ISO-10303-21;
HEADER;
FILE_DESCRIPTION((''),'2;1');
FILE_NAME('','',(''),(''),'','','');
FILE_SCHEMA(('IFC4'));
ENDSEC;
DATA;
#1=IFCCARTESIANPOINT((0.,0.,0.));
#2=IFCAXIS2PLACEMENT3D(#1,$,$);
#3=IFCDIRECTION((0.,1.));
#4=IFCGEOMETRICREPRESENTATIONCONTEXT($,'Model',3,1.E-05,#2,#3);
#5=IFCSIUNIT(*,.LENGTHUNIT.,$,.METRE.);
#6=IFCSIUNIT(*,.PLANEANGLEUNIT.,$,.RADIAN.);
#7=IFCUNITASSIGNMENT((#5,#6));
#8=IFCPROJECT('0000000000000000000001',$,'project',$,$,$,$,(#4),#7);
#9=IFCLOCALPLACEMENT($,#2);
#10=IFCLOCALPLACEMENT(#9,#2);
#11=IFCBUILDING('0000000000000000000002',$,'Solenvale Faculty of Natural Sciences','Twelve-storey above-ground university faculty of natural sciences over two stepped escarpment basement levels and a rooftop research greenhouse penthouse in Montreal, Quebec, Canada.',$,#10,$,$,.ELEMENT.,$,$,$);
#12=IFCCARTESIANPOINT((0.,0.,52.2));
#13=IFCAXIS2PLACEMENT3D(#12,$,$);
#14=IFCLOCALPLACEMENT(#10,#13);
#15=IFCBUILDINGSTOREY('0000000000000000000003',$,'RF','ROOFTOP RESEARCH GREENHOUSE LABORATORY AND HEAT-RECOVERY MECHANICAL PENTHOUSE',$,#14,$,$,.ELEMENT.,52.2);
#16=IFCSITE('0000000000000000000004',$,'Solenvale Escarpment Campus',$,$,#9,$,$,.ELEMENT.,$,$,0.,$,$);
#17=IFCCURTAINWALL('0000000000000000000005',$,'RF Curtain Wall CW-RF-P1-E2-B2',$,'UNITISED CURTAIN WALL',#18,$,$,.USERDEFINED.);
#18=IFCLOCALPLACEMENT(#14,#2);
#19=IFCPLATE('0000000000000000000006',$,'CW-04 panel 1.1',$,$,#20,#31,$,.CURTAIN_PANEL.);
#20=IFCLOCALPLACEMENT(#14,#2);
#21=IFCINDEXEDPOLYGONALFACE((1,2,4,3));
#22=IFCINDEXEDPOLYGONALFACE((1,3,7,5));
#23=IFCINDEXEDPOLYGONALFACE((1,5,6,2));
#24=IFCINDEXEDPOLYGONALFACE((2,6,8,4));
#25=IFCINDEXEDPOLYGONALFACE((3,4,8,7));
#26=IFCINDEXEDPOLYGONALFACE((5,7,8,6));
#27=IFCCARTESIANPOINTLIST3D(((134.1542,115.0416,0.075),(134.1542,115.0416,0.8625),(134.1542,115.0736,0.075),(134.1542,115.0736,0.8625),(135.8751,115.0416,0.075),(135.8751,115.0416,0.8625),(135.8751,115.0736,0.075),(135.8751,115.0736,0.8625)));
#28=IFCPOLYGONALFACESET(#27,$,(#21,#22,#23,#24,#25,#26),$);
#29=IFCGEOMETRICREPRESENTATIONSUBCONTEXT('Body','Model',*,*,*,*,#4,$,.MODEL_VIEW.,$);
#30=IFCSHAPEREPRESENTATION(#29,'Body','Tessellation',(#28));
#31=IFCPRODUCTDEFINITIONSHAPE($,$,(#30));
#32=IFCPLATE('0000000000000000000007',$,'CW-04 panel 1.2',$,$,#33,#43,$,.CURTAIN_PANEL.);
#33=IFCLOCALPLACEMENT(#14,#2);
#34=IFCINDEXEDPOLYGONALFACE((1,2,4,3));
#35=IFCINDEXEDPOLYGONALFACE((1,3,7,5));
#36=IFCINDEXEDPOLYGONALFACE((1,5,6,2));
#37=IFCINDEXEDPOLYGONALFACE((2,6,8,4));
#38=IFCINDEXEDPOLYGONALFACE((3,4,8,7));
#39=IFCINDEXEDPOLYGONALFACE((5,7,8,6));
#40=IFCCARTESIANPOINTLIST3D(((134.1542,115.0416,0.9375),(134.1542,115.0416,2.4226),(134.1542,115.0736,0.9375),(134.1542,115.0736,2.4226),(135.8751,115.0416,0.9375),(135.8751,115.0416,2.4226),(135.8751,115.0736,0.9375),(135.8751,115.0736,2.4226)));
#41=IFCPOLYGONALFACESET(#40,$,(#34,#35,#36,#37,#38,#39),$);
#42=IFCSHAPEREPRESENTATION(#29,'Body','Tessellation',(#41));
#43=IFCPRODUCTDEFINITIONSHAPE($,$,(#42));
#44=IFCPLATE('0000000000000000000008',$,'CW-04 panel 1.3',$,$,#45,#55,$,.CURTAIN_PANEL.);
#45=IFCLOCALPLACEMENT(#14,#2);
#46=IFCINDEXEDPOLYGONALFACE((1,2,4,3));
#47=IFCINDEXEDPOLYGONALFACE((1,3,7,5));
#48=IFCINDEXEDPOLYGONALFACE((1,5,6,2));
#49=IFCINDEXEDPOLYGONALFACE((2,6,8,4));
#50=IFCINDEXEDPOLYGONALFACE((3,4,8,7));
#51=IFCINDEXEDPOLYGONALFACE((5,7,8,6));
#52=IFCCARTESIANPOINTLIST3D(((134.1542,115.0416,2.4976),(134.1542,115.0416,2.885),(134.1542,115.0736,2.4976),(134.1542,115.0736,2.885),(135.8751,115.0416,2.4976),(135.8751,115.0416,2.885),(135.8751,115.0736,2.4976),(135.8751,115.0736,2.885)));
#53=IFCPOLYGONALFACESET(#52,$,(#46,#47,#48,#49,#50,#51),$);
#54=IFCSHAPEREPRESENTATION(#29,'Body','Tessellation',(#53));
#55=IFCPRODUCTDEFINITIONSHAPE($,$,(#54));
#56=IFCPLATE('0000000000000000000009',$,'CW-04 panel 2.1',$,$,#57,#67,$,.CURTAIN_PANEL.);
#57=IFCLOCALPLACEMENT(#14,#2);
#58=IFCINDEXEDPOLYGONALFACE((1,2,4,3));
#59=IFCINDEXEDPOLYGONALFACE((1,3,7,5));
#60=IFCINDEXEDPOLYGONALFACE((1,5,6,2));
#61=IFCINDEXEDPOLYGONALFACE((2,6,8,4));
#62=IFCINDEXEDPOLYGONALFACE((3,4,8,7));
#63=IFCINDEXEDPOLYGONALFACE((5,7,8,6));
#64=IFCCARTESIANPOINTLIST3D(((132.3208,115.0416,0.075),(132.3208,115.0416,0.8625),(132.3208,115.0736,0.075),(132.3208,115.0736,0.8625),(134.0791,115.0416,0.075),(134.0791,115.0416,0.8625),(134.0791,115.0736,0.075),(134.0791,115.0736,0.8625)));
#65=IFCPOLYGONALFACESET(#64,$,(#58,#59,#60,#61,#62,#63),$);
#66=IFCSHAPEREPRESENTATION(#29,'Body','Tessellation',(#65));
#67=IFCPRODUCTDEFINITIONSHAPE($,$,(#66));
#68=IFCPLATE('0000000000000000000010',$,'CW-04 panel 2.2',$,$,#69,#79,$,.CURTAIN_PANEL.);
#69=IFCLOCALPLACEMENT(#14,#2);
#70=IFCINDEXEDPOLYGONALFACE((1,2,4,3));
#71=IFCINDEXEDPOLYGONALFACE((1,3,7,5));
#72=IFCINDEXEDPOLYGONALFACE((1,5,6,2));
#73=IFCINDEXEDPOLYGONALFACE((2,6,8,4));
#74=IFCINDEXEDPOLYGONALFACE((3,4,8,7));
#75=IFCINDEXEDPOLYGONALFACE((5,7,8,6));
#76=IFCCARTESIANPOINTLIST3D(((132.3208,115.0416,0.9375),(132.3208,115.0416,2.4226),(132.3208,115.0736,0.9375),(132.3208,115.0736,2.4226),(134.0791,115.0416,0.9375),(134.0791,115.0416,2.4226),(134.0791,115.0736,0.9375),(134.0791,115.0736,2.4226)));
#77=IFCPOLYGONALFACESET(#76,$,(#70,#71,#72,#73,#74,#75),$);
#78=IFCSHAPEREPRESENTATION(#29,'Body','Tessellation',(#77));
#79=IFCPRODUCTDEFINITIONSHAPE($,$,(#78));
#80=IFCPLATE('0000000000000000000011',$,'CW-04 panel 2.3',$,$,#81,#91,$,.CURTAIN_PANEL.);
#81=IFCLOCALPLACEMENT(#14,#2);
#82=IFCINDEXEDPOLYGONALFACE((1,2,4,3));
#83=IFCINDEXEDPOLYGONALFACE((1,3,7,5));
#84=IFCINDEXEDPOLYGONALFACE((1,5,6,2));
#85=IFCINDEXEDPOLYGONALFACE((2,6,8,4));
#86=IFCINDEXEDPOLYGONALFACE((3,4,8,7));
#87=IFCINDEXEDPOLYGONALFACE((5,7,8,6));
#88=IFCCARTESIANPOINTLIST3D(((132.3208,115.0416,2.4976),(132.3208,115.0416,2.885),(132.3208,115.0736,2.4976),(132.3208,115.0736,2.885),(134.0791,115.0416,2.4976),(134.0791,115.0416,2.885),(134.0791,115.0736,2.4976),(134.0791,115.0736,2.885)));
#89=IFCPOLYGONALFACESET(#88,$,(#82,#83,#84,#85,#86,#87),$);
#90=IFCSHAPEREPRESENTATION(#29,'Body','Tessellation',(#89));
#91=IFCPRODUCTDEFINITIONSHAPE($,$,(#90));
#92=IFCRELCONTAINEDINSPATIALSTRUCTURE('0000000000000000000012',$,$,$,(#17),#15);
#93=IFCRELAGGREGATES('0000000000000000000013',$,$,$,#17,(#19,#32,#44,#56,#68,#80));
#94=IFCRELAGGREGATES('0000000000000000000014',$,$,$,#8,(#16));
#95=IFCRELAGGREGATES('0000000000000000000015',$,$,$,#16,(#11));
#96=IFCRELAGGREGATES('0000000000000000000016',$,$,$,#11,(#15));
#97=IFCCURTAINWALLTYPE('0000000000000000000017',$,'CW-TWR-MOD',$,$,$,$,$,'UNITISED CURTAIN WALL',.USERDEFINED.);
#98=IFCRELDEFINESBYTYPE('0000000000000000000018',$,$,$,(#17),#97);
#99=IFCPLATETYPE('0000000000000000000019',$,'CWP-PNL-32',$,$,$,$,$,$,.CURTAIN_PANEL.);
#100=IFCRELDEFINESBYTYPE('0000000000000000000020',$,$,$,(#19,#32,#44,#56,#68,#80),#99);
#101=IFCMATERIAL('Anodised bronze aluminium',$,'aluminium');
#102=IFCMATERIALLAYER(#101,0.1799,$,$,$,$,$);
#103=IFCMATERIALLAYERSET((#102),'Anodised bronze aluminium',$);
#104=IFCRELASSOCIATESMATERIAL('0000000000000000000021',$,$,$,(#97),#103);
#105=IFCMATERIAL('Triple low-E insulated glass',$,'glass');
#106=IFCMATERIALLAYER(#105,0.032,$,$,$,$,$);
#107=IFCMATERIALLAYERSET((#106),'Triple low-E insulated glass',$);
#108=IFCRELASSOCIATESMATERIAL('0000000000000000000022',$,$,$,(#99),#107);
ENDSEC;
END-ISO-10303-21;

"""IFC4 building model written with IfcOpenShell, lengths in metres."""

from ifc_helpers import new_model, si_unit, direction, frame, origin, origin_2d, place, context, subcontext, project, spatial, rectangle, extrude, material, layer, layer_set, type_object, element, aggregate, save


model = new_model("IFC4")

# Units and contexts
model_context = context("Model", 3, precision=1e-05, world=origin(), true_north=direction((0.0, 1.0)))
body_context = subcontext(model_context, "Body", "Model", "MODEL_VIEW")
ifc_project = project(units=[si_unit("LENGTHUNIT", "METRE"), si_unit("PLANEANGLEUNIT", "RADIAN")], contexts=[model_context])

# Site, building, storey
site_placement = place(None, origin())
site = spatial("IfcSite", under=ifc_project, at=site_placement, Name="Solenvale Escarpment Campus", CompositionType="ELEMENT", RefElevation=0.0)
building_placement = place(site_placement, origin())
building = spatial("IfcBuilding", under=site, at=building_placement, Name="Solenvale Faculty of Natural Sciences", Description="Twelve-storey above-ground university faculty of natural sciences over two stepped escarpment basement levels and a rooftop research greenhouse penthouse in Montreal, Quebec, Canada.", CompositionType="ELEMENT")
storey_placement = place(building_placement, frame((0.0, 0.0, 52.2)))
storey = spatial("IfcBuildingStorey", under=building, at=storey_placement, Name="RF", Description="ROOFTOP RESEARCH GREENHOUSE LABORATORY AND HEAT-RECOVERY MECHANICAL PENTHOUSE", CompositionType="ELEMENT", Elevation=52.2)

# Curtain wall, plates
ifc_material_1 = material(Name="Anodised bronze aluminium", Category="aluminium")
ifc_layer_1 = layer(ifc_material_1, 0.1799)
ifc_layer_set_1 = layer_set([ifc_layer_1], Name="Anodised bronze aluminium")
curtain_wall_type = type_object("IfcCurtainWallType", Name="CW-TWR-MOD", ElementType="UNITISED CURTAIN WALL", PredefinedType="USERDEFINED", material=ifc_layer_set_1)
curtain_wall_placement = place(storey_placement, origin())
curtain_wall = element("IfcCurtainWall", 1, at=curtain_wall_placement, inside=storey, type_object=curtain_wall_type, Name="RF Curtain Wall CW-RF-P1-E2-B2", ObjectType="UNITISED CURTAIN WALL", PredefinedType="USERDEFINED")
ifc_material_2 = material(Name="Triple low-E insulated glass", Category="glass")
ifc_layer_2 = layer(ifc_material_2, 0.032)
ifc_layer_set_2 = layer_set([ifc_layer_2], Name="Triple low-E insulated glass")
plate_type = type_object("IfcPlateType", Name="CWP-PNL-32", PredefinedType="CURTAIN_PANEL", material=ifc_layer_set_2)
plate_1_placement = place(storey_placement, frame((135.0146, 115.0576, 0.075), z_axis=(0.0, 0.0, 1.0), x_axis=(-1.0, 0.0, 0.0)))
plate_1 = element("IfcPlate", 2, at=plate_1_placement, type_object=plate_type, Name="CW-04 panel 1.1", PredefinedType="CURTAIN_PANEL", context=body_context, shape_type="SweptSolid", body=[
    extrude(rectangle(XDim=1.7209, YDim=0.032, at=origin_2d()), origin(), (0.0, 0.0, 1.0), 0.7876),
])
plate_2_placement = place(storey_placement, frame((135.0146, 115.0576, 0.9375), z_axis=(0.0, 0.0, 1.0), x_axis=(-1.0, 0.0, 0.0)))
plate_2 = element("IfcPlate", 3, at=plate_2_placement, type_object=plate_type, Name="CW-04 panel 1.2", PredefinedType="CURTAIN_PANEL", context=body_context, shape_type="SweptSolid", body=[
    extrude(rectangle(XDim=1.7209, YDim=0.032, at=origin_2d()), origin(), (0.0, 0.0, 1.0), 1.4851),
])
plate_3_placement = place(storey_placement, frame((135.0146, 115.0576, 2.4976), z_axis=(0.0, 0.0, 1.0), x_axis=(-1.0, 0.0, 0.0)))
plate_3 = element("IfcPlate", 4, at=plate_3_placement, type_object=plate_type, Name="CW-04 panel 1.3", PredefinedType="CURTAIN_PANEL", context=body_context, shape_type="SweptSolid", body=[
    extrude(rectangle(XDim=1.7209, YDim=0.032, at=origin_2d()), origin(), (0.0, 0.0, 1.0), 0.3875),
])
plate_4_placement = place(storey_placement, frame((133.2, 115.0576, 0.075), z_axis=(0.0, 0.0, 1.0), x_axis=(-1.0, 0.0, 0.0)))
plate_4 = element("IfcPlate", 5, at=plate_4_placement, type_object=plate_type, Name="CW-04 panel 2.1", PredefinedType="CURTAIN_PANEL", context=body_context, shape_type="SweptSolid", body=[
    extrude(rectangle(XDim=1.7583, YDim=0.032, at=origin_2d()), origin(), (0.0, 0.0, 1.0), 0.7876),
])
plate_5_placement = place(storey_placement, frame((133.2, 115.0576, 0.9375), z_axis=(0.0, 0.0, 1.0), x_axis=(-1.0, 0.0, 0.0)))
plate_5 = element("IfcPlate", 6, at=plate_5_placement, type_object=plate_type, Name="CW-04 panel 2.2", PredefinedType="CURTAIN_PANEL", context=body_context, shape_type="SweptSolid", body=[
    extrude(rectangle(XDim=1.7583, YDim=0.032, at=origin_2d()), origin(), (0.0, 0.0, 1.0), 1.4851),
])
plate_6_placement = place(storey_placement, frame((133.2, 115.0576, 2.4976), z_axis=(0.0, 0.0, 1.0), x_axis=(-1.0, 0.0, 0.0)))
plate_6 = element("IfcPlate", 7, at=plate_6_placement, type_object=plate_type, Name="CW-04 panel 2.3", PredefinedType="CURTAIN_PANEL", context=body_context, shape_type="SweptSolid", body=[
    extrude(rectangle(XDim=1.7583, YDim=0.032, at=origin_2d()), origin(), (0.0, 0.0, 1.0), 0.3875),
])
aggregate(curtain_wall, [plate_1, plate_2, plate_3, plate_4, plate_5, plate_6])

save(model, "model.ifc")
